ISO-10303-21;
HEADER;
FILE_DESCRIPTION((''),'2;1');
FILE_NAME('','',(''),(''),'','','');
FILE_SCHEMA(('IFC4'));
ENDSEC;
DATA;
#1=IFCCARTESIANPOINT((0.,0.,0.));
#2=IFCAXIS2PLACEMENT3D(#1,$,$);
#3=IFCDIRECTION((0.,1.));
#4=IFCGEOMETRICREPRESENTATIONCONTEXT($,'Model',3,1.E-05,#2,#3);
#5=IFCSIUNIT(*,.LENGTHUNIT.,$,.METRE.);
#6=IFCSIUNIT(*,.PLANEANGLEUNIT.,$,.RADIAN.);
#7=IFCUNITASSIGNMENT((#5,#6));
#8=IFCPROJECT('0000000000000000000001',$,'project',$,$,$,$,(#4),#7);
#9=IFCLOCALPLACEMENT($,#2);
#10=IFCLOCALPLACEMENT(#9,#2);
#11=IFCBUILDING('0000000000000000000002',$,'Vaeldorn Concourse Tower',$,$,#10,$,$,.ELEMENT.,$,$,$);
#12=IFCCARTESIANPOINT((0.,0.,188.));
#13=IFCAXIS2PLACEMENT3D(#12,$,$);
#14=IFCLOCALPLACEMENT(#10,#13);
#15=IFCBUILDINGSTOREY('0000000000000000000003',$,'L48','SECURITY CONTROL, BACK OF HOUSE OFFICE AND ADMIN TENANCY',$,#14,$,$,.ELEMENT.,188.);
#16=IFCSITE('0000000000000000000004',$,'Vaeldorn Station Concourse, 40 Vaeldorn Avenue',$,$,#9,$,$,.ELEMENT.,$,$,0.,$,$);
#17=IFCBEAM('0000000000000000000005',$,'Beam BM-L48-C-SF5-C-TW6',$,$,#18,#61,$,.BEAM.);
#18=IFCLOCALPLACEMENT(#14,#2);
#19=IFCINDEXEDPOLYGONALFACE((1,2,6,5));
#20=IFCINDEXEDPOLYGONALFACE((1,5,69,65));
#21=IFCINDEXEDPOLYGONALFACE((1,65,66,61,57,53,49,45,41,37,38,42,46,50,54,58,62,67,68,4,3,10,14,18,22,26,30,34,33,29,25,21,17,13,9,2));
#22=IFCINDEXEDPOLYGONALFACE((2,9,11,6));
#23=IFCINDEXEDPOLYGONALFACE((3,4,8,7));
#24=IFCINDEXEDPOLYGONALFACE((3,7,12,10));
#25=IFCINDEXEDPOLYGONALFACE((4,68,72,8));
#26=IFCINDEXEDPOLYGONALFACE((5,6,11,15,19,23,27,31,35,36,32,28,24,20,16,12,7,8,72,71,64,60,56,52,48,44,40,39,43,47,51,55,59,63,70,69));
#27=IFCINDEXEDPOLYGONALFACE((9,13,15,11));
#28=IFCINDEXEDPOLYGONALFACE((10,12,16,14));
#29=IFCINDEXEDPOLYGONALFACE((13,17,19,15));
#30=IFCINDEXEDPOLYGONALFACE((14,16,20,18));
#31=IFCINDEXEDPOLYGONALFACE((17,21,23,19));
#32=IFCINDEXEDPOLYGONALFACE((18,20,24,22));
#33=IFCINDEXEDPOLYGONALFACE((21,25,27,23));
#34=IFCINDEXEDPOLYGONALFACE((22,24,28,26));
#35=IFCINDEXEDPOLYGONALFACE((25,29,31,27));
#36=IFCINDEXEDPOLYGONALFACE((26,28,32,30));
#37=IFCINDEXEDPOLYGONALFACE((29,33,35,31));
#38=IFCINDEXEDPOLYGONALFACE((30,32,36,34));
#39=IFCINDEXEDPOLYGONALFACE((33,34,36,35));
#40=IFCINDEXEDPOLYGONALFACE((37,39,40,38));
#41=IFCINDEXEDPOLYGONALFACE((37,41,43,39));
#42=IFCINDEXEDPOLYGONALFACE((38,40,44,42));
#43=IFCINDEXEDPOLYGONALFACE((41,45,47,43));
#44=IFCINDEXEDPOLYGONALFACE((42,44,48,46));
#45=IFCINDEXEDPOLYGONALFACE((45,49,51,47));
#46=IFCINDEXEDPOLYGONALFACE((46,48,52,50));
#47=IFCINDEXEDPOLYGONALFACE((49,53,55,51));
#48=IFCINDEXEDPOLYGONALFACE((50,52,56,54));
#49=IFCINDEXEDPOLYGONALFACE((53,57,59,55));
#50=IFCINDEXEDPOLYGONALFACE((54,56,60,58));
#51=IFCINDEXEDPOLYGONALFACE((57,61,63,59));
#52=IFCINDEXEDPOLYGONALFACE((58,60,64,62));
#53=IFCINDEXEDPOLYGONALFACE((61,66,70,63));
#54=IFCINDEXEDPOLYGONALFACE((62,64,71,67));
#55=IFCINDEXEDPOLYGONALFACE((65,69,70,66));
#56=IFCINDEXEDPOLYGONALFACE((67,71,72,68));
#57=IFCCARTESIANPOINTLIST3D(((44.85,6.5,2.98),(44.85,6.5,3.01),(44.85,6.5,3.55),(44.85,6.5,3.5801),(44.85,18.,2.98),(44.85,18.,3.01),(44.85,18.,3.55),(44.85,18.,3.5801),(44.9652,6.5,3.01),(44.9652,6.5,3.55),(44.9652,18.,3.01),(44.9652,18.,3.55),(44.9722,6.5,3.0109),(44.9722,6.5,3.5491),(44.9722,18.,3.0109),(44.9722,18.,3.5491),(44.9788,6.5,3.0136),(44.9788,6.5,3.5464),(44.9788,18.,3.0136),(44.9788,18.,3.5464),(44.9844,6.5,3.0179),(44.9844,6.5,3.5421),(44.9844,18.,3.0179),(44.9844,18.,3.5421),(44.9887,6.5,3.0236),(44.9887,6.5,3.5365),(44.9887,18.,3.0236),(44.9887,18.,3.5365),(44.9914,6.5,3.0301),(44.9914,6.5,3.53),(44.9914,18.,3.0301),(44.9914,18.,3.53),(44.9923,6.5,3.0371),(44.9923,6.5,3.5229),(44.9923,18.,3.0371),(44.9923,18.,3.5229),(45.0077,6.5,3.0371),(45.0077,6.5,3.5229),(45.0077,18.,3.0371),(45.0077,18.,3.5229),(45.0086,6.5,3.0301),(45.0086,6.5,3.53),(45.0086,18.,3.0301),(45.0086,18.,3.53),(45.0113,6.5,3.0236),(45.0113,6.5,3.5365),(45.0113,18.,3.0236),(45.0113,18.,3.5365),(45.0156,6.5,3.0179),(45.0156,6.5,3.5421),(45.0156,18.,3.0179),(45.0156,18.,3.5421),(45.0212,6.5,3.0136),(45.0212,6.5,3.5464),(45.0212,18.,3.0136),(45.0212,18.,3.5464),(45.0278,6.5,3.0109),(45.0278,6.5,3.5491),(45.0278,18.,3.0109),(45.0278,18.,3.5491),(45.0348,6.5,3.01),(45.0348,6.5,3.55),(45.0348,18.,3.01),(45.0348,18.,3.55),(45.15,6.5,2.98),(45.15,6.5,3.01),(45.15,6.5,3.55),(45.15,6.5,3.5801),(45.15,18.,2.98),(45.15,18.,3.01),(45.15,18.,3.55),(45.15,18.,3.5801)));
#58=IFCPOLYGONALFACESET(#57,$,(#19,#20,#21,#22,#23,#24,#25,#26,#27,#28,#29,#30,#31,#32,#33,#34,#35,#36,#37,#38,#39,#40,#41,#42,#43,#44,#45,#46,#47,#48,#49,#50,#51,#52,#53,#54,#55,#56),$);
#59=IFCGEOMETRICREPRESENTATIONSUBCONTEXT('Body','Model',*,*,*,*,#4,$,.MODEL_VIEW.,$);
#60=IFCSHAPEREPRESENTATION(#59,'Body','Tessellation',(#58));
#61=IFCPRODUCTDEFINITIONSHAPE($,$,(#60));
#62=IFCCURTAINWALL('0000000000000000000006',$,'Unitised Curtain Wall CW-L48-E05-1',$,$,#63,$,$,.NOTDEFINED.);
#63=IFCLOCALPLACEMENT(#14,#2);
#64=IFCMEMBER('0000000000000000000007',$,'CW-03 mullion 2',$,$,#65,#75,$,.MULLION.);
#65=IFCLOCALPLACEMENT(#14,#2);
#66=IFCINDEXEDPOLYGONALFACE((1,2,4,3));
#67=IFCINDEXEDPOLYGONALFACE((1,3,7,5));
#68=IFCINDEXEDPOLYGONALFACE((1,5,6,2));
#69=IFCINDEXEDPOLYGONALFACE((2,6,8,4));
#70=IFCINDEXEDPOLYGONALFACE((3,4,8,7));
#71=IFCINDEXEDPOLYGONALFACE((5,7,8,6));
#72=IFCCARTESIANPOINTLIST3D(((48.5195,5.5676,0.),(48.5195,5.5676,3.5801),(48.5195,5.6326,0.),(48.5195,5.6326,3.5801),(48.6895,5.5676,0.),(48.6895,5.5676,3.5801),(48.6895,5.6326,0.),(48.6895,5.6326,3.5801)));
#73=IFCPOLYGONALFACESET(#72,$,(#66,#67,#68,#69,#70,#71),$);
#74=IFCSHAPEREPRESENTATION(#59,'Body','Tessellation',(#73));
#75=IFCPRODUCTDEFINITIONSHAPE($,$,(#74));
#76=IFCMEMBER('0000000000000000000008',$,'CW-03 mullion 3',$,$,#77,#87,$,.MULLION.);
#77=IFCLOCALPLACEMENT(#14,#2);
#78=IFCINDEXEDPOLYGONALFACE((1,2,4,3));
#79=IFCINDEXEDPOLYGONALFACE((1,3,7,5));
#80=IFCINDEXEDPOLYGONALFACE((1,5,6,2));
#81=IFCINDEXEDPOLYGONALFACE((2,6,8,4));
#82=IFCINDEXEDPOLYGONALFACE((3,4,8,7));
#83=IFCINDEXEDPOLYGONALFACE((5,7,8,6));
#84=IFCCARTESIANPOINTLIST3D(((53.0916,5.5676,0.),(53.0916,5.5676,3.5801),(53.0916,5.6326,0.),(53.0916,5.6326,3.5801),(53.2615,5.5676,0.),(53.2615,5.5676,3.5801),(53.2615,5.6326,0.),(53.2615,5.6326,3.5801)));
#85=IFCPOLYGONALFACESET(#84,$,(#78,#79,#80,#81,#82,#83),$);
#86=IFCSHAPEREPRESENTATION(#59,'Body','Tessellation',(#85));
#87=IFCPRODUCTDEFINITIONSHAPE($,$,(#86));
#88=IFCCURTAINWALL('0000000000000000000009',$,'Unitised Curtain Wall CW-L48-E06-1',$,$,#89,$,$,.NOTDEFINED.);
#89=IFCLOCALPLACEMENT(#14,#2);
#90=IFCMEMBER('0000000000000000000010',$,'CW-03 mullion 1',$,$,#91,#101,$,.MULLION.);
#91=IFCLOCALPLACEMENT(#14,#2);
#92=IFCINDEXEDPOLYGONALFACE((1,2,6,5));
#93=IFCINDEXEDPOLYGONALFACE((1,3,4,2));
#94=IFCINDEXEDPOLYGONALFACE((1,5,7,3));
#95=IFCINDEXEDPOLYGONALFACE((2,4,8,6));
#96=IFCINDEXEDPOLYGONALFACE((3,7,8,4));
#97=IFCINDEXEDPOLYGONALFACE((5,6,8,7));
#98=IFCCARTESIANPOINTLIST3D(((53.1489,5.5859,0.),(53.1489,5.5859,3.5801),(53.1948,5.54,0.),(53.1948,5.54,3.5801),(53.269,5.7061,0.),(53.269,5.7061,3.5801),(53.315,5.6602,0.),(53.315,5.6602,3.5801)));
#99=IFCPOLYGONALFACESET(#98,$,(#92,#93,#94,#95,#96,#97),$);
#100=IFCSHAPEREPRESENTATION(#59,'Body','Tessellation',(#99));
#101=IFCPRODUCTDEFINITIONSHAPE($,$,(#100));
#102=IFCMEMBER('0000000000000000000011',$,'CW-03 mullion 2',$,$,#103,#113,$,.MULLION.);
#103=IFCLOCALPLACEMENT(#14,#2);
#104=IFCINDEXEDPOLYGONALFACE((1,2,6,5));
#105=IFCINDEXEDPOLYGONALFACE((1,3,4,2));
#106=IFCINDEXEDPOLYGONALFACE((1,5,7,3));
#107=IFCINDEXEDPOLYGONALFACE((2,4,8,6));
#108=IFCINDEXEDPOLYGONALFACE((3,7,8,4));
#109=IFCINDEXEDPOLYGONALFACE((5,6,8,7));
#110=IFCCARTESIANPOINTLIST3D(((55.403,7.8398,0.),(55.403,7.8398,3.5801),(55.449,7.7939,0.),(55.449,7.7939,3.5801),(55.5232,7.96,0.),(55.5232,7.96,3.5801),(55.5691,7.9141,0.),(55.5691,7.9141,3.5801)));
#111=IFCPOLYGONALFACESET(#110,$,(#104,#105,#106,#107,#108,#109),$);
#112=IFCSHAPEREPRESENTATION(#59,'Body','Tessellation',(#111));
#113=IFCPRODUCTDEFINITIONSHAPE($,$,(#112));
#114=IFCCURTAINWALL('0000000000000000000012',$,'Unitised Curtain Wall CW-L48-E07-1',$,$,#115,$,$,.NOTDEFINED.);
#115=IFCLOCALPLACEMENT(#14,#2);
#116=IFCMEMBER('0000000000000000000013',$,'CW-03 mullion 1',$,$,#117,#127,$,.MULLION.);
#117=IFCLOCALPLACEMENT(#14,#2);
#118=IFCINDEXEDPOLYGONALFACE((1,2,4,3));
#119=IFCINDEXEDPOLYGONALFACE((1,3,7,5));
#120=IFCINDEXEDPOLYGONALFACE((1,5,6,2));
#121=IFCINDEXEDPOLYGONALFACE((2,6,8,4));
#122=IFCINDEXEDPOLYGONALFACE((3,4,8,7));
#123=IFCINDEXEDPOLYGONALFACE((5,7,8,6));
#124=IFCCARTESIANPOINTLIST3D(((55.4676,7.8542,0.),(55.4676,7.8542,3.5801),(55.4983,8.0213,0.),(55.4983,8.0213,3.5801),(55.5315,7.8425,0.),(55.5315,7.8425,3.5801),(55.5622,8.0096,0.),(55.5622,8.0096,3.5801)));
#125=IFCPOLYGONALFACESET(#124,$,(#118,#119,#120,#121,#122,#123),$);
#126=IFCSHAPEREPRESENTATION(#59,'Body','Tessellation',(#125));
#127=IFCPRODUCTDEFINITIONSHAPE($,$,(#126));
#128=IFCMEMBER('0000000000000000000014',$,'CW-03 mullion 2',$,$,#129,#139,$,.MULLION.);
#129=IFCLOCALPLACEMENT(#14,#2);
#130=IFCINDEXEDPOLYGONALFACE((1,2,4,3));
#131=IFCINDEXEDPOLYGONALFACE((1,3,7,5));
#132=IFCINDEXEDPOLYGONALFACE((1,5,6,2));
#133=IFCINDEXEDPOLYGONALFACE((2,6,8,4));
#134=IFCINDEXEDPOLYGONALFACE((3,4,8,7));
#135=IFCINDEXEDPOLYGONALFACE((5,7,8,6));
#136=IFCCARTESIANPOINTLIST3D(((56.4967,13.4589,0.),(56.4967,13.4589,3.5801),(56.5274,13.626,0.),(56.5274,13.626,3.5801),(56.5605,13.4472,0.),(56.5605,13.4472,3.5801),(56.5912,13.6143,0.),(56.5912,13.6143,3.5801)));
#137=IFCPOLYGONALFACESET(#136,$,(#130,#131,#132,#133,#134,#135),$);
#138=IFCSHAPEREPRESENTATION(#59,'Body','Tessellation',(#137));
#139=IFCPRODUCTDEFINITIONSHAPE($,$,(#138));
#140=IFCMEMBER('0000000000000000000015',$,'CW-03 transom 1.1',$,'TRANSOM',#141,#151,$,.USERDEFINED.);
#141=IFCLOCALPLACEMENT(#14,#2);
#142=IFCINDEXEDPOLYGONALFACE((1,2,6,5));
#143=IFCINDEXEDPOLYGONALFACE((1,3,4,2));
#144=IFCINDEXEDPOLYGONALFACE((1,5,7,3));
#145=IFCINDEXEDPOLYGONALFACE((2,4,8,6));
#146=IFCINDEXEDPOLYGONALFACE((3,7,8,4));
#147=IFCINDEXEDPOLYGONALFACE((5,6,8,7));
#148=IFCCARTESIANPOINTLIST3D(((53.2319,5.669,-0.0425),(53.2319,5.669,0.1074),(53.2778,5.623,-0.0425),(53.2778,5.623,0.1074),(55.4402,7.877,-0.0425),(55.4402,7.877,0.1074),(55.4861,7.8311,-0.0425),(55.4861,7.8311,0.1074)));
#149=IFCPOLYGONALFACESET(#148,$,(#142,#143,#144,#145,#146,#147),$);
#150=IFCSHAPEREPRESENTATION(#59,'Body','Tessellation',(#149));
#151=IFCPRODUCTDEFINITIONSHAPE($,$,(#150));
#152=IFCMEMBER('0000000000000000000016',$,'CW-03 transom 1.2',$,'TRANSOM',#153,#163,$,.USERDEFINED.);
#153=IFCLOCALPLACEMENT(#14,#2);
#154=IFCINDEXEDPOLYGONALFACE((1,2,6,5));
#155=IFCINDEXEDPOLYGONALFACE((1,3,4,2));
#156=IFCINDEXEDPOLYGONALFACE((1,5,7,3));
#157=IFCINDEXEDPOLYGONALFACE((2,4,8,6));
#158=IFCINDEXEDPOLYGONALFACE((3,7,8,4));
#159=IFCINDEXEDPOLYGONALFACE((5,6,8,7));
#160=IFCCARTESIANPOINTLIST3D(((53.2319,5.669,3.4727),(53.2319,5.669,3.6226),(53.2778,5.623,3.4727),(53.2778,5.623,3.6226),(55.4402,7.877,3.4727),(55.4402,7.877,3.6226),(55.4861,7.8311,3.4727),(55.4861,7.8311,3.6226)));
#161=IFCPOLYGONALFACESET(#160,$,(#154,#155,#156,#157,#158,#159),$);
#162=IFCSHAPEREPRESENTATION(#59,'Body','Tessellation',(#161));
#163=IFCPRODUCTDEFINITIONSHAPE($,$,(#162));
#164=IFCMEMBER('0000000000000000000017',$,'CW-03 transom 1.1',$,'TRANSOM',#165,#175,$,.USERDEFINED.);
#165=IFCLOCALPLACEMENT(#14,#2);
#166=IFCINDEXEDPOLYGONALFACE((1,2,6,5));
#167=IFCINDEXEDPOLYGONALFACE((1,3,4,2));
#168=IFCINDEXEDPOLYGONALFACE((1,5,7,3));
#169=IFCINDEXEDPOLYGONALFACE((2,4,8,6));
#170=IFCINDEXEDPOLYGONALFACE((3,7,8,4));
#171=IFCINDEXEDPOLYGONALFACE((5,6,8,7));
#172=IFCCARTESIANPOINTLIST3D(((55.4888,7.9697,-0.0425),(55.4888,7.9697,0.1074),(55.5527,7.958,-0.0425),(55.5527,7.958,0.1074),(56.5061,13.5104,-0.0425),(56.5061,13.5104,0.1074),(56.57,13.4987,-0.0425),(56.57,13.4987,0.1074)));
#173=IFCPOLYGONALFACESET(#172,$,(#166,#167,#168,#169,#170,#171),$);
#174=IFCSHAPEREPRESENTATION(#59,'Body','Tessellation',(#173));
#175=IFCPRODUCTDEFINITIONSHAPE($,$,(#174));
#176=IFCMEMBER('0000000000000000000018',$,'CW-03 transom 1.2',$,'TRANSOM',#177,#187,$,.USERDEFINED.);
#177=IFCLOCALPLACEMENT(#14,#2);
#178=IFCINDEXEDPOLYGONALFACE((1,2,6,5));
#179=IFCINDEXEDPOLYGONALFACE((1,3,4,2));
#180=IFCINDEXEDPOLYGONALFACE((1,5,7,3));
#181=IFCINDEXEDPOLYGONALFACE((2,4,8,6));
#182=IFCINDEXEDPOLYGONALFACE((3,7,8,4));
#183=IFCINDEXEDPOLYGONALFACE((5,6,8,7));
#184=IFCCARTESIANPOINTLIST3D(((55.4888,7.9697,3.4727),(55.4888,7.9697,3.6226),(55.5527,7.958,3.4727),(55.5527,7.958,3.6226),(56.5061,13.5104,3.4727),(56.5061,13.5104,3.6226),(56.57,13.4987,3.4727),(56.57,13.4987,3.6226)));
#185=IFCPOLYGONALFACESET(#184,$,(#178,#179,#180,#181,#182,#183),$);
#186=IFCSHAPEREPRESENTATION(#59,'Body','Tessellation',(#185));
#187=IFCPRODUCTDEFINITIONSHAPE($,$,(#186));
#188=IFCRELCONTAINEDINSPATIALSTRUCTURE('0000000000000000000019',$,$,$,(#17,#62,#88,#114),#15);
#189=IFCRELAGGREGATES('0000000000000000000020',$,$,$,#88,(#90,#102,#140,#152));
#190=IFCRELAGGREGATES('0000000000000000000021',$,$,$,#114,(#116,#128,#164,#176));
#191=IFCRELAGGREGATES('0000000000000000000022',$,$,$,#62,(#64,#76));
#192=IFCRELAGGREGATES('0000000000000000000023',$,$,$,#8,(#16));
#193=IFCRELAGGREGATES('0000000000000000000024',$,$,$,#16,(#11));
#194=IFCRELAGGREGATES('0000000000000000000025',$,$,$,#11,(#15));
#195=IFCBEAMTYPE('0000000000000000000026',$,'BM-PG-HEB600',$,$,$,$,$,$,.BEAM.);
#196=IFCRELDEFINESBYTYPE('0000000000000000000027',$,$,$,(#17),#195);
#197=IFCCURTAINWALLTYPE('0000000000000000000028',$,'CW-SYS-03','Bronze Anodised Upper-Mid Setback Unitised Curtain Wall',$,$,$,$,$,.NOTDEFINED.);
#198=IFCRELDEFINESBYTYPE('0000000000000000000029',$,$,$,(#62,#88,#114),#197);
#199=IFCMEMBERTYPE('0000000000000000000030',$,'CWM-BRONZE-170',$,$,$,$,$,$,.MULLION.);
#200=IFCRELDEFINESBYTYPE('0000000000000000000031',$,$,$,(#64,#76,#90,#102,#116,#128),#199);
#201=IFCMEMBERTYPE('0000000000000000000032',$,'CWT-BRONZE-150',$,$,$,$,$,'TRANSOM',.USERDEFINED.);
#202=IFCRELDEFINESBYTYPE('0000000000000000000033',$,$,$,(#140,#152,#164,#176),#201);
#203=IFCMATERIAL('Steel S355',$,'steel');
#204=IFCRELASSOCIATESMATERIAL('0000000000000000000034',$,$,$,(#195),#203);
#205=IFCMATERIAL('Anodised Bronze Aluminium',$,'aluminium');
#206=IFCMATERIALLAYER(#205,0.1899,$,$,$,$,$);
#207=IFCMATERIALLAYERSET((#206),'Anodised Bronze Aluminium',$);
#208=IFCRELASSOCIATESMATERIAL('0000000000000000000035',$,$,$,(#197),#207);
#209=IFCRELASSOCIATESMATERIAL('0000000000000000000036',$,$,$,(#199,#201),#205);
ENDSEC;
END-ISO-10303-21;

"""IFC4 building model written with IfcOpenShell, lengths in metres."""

from ifc_helpers import new_model, si_unit, direction, frame, origin, origin_2d, place, context, subcontext, project, spatial, rectangle, i_section, extrude, source, transform, mapped, material, layer, layer_set, material_profile, profile_set, type_object, element, aggregate, save


model = new_model("IFC4")

# Units and contexts
model_context = context("Model", 3, precision=1e-05, world=origin(), true_north=direction((0.0, 1.0)))
body_context = subcontext(model_context, "Body", "Model", "MODEL_VIEW")
ifc_project = project(units=[si_unit("LENGTHUNIT", "METRE"), si_unit("PLANEANGLEUNIT", "RADIAN")], contexts=[model_context])

# Site, building, storey
site_placement = place(None, origin())
site = spatial("IfcSite", under=ifc_project, at=site_placement, Name="Vaeldorn Station Concourse, 40 Vaeldorn Avenue", CompositionType="ELEMENT", RefElevation=0.0)
building_placement = place(site_placement, origin())
building = spatial("IfcBuilding", under=site, at=building_placement, Name="Vaeldorn Concourse Tower", CompositionType="ELEMENT")
storey_placement = place(building_placement, frame((0.0, 0.0, 188.0)))
storey = spatial("IfcBuildingStorey", under=building, at=storey_placement, Name="L48", Description="SECURITY CONTROL, BACK OF HOUSE OFFICE AND ADMIN TENANCY", CompositionType="ELEMENT", Elevation=188.0)

# Shared definitions
ifc_material_1 = material(Name="Steel S355", Category="steel")

# Beam
ifc_material_profile_1 = material_profile(ifc_material_1, i_section(OverallWidth=0.3, OverallDepth=0.6001, WebThickness=0.0154, FlangeThickness=0.03, FilletRadius=0.0271, at=origin_2d()), Name="HEB 600")
ifc_profile_set_1 = profile_set([ifc_material_profile_1], Name="Steel S355")
beam_type_1 = type_object("IfcBeamType", Name="BM-PG-HEB600", PredefinedType="BEAM", material=ifc_profile_set_1)
shared_shape_1 = source(origin(), body_context, "Body", "SweptSolid", [
    extrude(i_section(OverallWidth=0.3, OverallDepth=0.6001, WebThickness=0.0154, FlangeThickness=0.03, FilletRadius=0.0271, at=origin_2d()), origin(), (0.0, 0.0, 1.0), 11.5),
])
beam_1_placement = place(storey_placement, frame((45.0, 6.5, 3.28), z_axis=(0.0, 1.0, 0.0), x_axis=(-1.0, 0.0, 0.0)))
element("IfcBeam", 1, at=beam_1_placement, inside=storey, type_object=beam_type_1, Name="Beam BM-L48-C-SF5-C-TW6", PredefinedType="BEAM", context=body_context, shape_type="MappedRepresentation", body=[
    mapped(shared_shape_1, transform((0.0, 0.0, 0.0), scale=1.0)),
])

# Curtain walls, members
ifc_material_2 = material(Name="Anodised Bronze Aluminium", Category="aluminium")
ifc_layer_1 = layer(ifc_material_2, 0.1899)
ifc_layer_set_1 = layer_set([ifc_layer_1], Name="Anodised Bronze Aluminium")
curtain_wall_type = type_object("IfcCurtainWallType", Name="CW-SYS-03", Description="Bronze Anodised Upper-Mid Setback Unitised Curtain Wall", PredefinedType="NOTDEFINED", material=ifc_layer_set_1)
curtain_wall_1_placement = place(storey_placement, origin())
curtain_wall_1 = element("IfcCurtainWall", 2, at=curtain_wall_1_placement, inside=storey, type_object=curtain_wall_type, Name="Unitised Curtain Wall CW-L48-E05-1", PredefinedType="NOTDEFINED")
ifc_material_profile_2 = material_profile(ifc_material_2, rectangle(XDim=0.0649, YDim=0.1699, at=origin_2d()), Name="CWM 65x170")
ifc_profile_set_2 = profile_set([ifc_material_profile_2], Name="Anodised Bronze Aluminium")
member_type_1 = type_object("IfcMemberType", Name="CWM-BRONZE-170", PredefinedType="MULLION", material=ifc_profile_set_2)
shared_shape_2 = source(origin(), body_context, "Body", "SweptSolid", [
    extrude(rectangle(XDim=0.0649, YDim=0.1699, at=origin_2d()), origin(), (0.0, 0.0, 1.0), 3.5801),
])
member_1_placement = place(storey_placement, frame((48.6045, 5.6001, 0.0), z_axis=(0.0, 0.0, 1.0), x_axis=(0.0, 1.0, 0.0)))
member_1 = element("IfcMember", 3, at=member_1_placement, type_object=member_type_1, Name="CW-03 mullion 2", PredefinedType="MULLION", context=body_context, shape_type="MappedRepresentation", body=[
    mapped(shared_shape_2, transform((0.0, 0.0, 0.0), scale=1.0)),
])
member_2_placement = place(storey_placement, frame((53.1765, 5.6001, 0.0), z_axis=(0.0, 0.0, 1.0), x_axis=(0.0, 1.0, 0.0)))
member_2 = element("IfcMember", 4, at=member_2_placement, type_object=member_type_1, Name="CW-03 mullion 3", PredefinedType="MULLION", context=body_context, shape_type="MappedRepresentation", body=[
    mapped(shared_shape_2, transform((0.0, 0.0, 0.0), scale=1.0)),
])
curtain_wall_2_placement = place(storey_placement, origin())
curtain_wall_2 = element("IfcCurtainWall", 5, at=curtain_wall_2_placement, inside=storey, type_object=curtain_wall_type, Name="Unitised Curtain Wall CW-L48-E06-1", PredefinedType="NOTDEFINED")
member_3_placement = place(storey_placement, frame((53.2319, 5.623, 0.0), z_axis=(0.0, 0.0, 1.0), x_axis=(-0.707107, 0.707107, 0.0)))
member_3 = element("IfcMember", 6, at=member_3_placement, type_object=member_type_1, Name="CW-03 mullion 1", PredefinedType="MULLION", context=body_context, shape_type="MappedRepresentation", body=[
    mapped(shared_shape_2, transform((0.0, 0.0, 0.0), scale=1.0)),
])
member_4_placement = place(storey_placement, frame((55.4861, 7.877, 0.0), z_axis=(0.0, 0.0, 1.0), x_axis=(-0.707107, 0.707107, 0.0)))
member_4 = element("IfcMember", 7, at=member_4_placement, type_object=member_type_1, Name="CW-03 mullion 2", PredefinedType="MULLION", context=body_context, shape_type="MappedRepresentation", body=[
    mapped(shared_shape_2, transform((0.0, 0.0, 0.0), scale=1.0)),
])
curtain_wall_3_placement = place(storey_placement, origin())
curtain_wall_3 = element("IfcCurtainWall", 8, at=curtain_wall_3_placement, inside=storey, type_object=curtain_wall_type, Name="Unitised Curtain Wall CW-L48-E07-1", PredefinedType="NOTDEFINED")
member_5_placement = place(storey_placement, frame((55.5149, 7.9319, 0.0), z_axis=(0.0, 0.0, 1.0), x_axis=(-0.983559, 0.180585, 0.0)))
member_5 = element("IfcMember", 9, at=member_5_placement, type_object=member_type_1, Name="CW-03 mullion 1", PredefinedType="MULLION", context=body_context, shape_type="MappedRepresentation", body=[
    mapped(shared_shape_2, transform((0.0, 0.0, 0.0), scale=1.0)),
])
member_6_placement = place(storey_placement, frame((56.5439, 13.5366, 0.0), z_axis=(0.0, 0.0, 1.0), x_axis=(-0.983559, 0.180585, 0.0)))
member_6 = element("IfcMember", 10, at=member_6_placement, type_object=member_type_1, Name="CW-03 mullion 2", PredefinedType="MULLION", context=body_context, shape_type="MappedRepresentation", body=[
    mapped(shared_shape_2, transform((0.0, 0.0, 0.0), scale=1.0)),
])

# Members
ifc_material_profile_3 = material_profile(ifc_material_2, rectangle(XDim=0.0649, YDim=0.1499, at=origin_2d()), Name="CWT 65x150")
ifc_profile_set_3 = profile_set([ifc_material_profile_3], Name="Anodised Bronze Aluminium")
member_type_2 = type_object("IfcMemberType", Name="CWT-BRONZE-150", ElementType="TRANSOM", PredefinedType="USERDEFINED", material=ifc_profile_set_3)
shared_shape_3 = source(origin(), body_context, "Body", "SweptSolid", [
    extrude(rectangle(XDim=0.0649, YDim=0.1499, at=origin_2d()), origin(), (0.0, 0.0, 1.0), 3.1228),
])
member_7_placement = place(storey_placement, frame((53.2549, 5.646, 0.0325), z_axis=(0.707146, 0.707068, 0.0), x_axis=(-0.707068, 0.707146, 0.0)))
member_7 = element("IfcMember", 11, at=member_7_placement, type_object=member_type_2, Name="CW-03 transom 1.1", ObjectType="TRANSOM", PredefinedType="USERDEFINED", context=body_context, shape_type="MappedRepresentation", body=[
    mapped(shared_shape_3, transform((0.0, 0.0, 0.0), scale=1.0)),
])
member_8_placement = place(storey_placement, frame((53.2549, 5.646, 3.5476), z_axis=(0.707146, 0.707068, 0.0), x_axis=(-0.707068, 0.707146, 0.0)))
member_8 = element("IfcMember", 12, at=member_8_placement, type_object=member_type_2, Name="CW-03 transom 1.2", ObjectType="TRANSOM", PredefinedType="USERDEFINED", context=body_context, shape_type="MappedRepresentation", body=[
    mapped(shared_shape_3, transform((0.0, 0.0, 0.0), scale=1.0)),
])
shared_shape_4 = source(origin(), body_context, "Body", "SweptSolid", [
    extrude(rectangle(XDim=0.0649, YDim=0.1499, at=origin_2d()), origin(), (0.0, 0.0, 1.0), 5.6333),
])
member_9_placement = place(storey_placement, frame((55.5208, 7.9639, 0.0325), z_axis=(0.18059, 0.983558, 0.0), x_axis=(-0.983558, 0.18059, 0.0)))
member_9 = element("IfcMember", 13, at=member_9_placement, type_object=member_type_2, Name="CW-03 transom 1.1", ObjectType="TRANSOM", PredefinedType="USERDEFINED", context=body_context, shape_type="MappedRepresentation", body=[
    mapped(shared_shape_4, transform((0.0, 0.0, 0.0), scale=1.0)),
])
member_10_placement = place(storey_placement, frame((55.5208, 7.9639, 3.5476), z_axis=(0.18059, 0.983558, 0.0), x_axis=(-0.983558, 0.18059, 0.0)))
member_10 = element("IfcMember", 14, at=member_10_placement, type_object=member_type_2, Name="CW-03 transom 1.2", ObjectType="TRANSOM", PredefinedType="USERDEFINED", context=body_context, shape_type="MappedRepresentation", body=[
    mapped(shared_shape_4, transform((0.0, 0.0, 0.0), scale=1.0)),
])

aggregate(curtain_wall_2, [member_3, member_4, member_7, member_8])
aggregate(curtain_wall_3, [member_5, member_6, member_9, member_10])
aggregate(curtain_wall_1, [member_1, member_2])

save(model, "model.ifc")
